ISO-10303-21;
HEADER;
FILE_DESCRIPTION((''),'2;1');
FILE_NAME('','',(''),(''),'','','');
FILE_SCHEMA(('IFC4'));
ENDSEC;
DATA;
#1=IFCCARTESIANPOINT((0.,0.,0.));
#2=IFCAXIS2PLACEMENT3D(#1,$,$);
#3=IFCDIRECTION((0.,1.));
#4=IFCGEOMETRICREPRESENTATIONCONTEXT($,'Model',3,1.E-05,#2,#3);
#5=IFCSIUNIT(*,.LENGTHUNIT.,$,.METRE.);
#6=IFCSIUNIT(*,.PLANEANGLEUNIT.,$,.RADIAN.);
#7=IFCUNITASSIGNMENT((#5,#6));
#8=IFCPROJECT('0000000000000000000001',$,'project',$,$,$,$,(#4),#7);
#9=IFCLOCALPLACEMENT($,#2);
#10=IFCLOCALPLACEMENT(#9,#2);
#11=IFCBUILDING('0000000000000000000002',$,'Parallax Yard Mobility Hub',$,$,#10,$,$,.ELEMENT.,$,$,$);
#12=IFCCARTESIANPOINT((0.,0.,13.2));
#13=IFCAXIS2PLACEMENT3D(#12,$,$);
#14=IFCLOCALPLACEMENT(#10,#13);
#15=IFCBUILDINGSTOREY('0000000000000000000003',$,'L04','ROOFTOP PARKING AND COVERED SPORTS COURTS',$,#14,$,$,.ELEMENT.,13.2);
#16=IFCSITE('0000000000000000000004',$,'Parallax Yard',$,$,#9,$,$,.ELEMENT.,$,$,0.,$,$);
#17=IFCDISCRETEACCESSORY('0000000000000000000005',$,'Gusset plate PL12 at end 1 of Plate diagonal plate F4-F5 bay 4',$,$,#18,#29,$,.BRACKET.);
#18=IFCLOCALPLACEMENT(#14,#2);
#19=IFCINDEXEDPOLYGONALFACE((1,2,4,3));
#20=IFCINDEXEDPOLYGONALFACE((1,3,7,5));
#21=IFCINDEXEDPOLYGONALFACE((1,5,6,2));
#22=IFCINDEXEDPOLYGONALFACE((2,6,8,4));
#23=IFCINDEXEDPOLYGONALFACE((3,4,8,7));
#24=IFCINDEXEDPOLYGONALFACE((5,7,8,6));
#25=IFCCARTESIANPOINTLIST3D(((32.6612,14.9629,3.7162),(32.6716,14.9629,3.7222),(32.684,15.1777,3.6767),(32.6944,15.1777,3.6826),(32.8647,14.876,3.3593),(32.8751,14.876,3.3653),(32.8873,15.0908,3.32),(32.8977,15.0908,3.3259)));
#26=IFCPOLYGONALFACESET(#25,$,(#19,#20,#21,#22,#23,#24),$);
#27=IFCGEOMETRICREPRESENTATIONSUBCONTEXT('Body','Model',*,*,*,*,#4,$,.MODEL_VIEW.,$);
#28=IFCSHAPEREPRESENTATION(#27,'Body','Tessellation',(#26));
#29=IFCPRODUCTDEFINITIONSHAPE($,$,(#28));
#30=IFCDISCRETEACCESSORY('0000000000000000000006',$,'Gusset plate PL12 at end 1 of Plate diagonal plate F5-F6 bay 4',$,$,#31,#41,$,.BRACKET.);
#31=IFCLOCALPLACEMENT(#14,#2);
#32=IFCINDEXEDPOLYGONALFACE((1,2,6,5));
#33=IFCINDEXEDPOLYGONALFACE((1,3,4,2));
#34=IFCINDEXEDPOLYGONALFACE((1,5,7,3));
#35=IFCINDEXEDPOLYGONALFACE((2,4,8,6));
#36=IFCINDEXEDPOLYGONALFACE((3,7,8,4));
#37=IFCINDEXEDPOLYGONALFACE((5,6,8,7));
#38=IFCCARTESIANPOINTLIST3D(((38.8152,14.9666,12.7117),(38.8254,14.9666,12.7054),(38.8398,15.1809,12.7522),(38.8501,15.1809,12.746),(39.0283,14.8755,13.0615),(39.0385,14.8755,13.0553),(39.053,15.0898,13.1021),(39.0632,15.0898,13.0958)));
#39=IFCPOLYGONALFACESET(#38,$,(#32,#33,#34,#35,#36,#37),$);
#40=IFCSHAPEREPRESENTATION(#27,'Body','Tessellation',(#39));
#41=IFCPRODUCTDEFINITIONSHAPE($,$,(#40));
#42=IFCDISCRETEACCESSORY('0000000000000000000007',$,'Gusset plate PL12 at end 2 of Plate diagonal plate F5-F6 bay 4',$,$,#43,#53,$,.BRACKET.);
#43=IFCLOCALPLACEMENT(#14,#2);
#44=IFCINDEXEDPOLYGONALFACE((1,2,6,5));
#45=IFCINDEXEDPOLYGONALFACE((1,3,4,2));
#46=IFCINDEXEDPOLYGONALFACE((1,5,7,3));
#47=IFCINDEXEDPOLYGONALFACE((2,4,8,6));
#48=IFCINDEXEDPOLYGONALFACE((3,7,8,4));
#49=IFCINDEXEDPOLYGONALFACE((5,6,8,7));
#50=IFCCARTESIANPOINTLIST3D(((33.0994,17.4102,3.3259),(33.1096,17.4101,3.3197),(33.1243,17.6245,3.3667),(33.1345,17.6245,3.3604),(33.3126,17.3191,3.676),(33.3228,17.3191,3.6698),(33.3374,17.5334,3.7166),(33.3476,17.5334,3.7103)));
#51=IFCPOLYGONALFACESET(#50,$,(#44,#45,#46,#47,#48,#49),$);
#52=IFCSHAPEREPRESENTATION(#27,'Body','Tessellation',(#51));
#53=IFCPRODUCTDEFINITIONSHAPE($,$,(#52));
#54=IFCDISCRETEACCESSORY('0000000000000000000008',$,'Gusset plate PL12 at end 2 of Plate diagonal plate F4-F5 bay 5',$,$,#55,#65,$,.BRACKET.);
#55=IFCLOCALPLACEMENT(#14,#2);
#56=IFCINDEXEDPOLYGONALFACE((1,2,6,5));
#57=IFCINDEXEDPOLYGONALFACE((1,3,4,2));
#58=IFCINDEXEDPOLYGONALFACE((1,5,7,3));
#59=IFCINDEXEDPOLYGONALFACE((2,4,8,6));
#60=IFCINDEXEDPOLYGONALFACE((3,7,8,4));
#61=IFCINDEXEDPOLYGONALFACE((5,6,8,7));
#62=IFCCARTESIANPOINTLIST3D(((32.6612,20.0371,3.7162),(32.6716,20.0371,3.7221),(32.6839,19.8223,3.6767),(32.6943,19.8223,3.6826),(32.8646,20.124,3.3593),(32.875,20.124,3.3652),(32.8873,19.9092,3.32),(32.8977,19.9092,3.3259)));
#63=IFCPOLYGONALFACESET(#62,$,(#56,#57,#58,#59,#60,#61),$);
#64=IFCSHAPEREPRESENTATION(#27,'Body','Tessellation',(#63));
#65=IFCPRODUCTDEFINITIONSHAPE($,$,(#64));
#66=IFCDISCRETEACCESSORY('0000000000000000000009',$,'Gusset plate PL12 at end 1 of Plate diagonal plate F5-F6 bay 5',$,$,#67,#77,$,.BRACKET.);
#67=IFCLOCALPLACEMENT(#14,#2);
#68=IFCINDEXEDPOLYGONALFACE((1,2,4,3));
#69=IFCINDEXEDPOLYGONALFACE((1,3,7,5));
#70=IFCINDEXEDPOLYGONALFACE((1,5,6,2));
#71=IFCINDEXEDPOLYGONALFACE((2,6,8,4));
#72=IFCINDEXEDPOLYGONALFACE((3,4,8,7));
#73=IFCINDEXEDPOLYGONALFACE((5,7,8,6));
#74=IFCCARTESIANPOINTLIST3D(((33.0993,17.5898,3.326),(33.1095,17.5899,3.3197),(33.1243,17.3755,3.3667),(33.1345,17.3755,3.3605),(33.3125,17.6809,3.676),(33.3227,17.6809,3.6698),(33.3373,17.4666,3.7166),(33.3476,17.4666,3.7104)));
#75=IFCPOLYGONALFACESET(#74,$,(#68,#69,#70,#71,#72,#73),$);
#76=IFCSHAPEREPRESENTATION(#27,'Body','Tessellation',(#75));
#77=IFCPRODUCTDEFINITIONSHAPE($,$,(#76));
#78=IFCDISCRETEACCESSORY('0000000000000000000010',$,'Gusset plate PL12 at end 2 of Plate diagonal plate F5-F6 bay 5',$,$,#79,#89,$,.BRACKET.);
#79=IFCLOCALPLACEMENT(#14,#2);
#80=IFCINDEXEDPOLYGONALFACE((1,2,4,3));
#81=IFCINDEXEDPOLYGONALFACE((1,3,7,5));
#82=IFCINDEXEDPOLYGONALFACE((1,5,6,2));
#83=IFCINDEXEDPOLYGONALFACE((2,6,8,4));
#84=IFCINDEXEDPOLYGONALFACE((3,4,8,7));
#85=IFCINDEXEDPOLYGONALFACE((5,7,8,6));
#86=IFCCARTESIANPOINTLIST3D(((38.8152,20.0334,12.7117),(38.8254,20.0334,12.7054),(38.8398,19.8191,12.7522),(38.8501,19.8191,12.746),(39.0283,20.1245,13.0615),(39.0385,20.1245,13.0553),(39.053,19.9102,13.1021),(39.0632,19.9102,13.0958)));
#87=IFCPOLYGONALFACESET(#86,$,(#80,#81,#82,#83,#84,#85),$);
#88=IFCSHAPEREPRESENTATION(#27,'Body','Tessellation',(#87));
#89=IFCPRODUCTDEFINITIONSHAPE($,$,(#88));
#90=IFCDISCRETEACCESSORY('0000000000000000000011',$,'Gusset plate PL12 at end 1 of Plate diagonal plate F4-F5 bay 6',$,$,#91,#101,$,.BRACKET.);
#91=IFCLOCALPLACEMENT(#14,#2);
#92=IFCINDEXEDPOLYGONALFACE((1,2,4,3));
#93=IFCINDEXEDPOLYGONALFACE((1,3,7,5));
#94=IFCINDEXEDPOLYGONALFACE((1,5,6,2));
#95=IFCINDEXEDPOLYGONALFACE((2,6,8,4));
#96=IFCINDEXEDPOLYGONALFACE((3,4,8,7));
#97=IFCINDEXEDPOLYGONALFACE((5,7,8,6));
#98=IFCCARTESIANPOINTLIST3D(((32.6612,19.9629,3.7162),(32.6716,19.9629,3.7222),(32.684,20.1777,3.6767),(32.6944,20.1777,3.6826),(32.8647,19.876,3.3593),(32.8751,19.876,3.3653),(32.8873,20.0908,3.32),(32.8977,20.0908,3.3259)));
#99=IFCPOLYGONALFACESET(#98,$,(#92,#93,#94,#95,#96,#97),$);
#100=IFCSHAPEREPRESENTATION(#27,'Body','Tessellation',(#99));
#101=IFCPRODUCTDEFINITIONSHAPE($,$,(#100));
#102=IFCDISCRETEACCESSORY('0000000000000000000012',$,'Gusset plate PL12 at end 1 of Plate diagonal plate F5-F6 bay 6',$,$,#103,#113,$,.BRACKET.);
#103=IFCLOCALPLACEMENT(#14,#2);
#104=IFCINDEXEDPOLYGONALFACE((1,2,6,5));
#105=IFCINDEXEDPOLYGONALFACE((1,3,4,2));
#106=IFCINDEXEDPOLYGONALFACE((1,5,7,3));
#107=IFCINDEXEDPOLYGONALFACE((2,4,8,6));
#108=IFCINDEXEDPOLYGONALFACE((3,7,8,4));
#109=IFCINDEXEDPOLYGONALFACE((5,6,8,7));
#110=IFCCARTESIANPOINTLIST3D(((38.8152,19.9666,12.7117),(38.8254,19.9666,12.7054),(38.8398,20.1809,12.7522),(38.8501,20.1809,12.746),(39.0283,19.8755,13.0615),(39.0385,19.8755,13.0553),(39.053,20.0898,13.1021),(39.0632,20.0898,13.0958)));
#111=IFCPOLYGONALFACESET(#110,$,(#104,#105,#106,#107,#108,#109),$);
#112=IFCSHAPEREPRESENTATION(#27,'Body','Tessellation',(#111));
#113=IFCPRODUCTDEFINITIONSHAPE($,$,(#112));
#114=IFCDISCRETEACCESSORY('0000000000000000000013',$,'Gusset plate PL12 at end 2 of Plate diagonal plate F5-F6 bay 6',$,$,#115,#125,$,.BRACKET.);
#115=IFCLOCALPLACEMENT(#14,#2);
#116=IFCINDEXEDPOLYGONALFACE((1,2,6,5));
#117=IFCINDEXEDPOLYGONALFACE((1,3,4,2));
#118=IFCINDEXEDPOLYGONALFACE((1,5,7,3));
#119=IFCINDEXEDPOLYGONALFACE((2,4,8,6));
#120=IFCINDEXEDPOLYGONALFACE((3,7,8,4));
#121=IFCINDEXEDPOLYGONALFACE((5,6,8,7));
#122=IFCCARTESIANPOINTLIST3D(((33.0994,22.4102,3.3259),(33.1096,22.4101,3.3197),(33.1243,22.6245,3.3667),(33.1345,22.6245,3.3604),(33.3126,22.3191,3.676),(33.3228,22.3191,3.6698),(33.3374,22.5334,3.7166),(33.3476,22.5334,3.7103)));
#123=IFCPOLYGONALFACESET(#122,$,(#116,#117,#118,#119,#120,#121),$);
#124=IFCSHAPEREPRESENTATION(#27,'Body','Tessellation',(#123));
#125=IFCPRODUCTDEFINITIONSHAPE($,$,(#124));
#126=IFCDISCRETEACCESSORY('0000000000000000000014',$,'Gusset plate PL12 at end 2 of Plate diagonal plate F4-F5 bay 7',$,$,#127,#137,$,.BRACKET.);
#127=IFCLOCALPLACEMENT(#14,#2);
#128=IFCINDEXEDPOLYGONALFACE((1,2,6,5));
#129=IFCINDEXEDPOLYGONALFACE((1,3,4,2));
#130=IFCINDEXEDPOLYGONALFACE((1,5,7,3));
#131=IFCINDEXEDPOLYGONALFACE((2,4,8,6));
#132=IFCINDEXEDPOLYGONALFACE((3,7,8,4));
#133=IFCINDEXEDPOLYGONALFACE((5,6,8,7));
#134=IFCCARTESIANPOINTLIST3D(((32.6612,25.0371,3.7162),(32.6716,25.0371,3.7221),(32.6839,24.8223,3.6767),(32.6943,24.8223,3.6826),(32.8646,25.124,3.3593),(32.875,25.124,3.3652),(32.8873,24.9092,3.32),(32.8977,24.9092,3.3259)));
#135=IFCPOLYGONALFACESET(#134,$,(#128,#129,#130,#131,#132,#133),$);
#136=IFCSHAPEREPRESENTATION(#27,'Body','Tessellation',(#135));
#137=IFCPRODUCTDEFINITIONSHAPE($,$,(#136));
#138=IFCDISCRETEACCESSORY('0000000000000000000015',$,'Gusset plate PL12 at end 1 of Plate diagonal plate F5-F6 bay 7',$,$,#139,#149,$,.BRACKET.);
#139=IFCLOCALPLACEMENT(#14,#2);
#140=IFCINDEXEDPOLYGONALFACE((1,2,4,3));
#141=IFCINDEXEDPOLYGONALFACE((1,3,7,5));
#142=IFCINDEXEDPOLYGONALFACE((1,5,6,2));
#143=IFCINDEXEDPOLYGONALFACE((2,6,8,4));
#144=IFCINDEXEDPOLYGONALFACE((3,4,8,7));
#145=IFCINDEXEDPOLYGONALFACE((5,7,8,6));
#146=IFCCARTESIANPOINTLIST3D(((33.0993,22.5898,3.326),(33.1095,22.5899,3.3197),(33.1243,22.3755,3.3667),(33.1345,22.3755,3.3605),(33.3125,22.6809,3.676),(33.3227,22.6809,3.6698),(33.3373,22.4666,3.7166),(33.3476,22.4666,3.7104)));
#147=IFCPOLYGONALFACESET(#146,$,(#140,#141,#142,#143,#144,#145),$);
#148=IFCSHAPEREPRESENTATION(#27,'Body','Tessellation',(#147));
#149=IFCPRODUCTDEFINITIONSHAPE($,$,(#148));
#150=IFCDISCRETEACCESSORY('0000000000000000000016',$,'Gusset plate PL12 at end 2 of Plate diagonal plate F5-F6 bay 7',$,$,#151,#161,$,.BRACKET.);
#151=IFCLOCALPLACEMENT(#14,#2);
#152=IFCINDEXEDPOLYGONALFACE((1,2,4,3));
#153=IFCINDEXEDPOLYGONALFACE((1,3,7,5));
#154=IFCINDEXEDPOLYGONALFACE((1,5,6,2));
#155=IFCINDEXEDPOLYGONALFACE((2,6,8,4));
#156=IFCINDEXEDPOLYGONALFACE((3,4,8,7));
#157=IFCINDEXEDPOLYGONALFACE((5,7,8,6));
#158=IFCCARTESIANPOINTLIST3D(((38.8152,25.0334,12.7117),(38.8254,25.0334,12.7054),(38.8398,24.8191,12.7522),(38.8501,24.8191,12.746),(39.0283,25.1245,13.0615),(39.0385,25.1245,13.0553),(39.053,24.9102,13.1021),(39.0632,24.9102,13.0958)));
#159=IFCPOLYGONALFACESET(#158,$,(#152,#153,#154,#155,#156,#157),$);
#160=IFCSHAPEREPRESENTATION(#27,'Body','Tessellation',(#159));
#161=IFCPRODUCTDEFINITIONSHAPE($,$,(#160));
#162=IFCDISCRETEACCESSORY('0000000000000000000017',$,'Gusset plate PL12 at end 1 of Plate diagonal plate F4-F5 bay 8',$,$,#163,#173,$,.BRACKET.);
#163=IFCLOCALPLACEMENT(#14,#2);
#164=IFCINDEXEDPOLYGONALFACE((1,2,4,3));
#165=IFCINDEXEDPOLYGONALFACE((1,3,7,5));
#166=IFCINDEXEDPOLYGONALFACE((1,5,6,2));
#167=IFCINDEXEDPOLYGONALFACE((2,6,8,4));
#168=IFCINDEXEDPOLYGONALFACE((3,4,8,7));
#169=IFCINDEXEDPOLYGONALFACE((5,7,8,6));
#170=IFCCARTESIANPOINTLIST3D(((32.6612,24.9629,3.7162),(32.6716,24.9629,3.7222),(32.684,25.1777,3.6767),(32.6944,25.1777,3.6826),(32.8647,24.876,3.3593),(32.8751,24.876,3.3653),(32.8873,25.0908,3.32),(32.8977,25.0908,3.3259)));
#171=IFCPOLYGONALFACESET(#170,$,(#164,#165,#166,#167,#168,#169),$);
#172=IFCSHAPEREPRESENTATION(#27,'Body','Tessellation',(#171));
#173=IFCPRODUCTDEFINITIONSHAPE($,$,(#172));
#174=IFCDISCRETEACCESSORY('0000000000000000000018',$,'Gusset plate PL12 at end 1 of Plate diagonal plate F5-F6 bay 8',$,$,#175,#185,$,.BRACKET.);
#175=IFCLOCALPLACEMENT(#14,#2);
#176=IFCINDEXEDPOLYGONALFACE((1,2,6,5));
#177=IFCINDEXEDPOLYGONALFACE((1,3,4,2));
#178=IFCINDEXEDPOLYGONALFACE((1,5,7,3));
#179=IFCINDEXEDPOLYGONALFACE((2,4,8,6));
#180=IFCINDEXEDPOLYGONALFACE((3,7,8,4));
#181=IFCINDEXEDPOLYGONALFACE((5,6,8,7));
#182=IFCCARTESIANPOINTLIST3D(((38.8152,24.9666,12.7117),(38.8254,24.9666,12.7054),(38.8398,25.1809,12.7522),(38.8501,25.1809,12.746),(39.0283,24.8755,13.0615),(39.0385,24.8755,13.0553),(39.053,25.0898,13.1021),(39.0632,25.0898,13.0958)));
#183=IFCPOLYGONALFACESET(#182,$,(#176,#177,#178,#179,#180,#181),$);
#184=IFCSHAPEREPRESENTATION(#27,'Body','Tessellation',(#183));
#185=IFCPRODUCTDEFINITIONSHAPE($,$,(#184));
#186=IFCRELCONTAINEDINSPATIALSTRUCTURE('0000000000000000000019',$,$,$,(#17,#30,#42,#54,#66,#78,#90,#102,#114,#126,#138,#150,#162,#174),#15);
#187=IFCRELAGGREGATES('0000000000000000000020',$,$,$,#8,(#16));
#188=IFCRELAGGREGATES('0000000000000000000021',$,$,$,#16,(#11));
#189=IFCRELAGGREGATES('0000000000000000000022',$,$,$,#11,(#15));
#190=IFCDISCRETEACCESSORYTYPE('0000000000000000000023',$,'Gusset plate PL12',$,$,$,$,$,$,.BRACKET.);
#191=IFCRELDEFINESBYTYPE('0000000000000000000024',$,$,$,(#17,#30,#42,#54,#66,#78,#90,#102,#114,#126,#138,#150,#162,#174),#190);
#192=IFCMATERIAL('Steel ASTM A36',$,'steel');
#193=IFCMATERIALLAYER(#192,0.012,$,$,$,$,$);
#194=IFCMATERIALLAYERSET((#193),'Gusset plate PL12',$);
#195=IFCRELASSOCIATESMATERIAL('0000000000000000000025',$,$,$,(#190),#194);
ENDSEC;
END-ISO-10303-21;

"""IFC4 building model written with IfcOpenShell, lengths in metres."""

from ifc_helpers import new_model, si_unit, direction, frame, origin, place, context, subcontext, project, spatial, polyline, outline, extrude, material, layer, layer_set, type_object, element, save


model = new_model("IFC4")

# Units and contexts
model_context = context("Model", 3, precision=1e-05, world=origin(), true_north=direction((0.0, 1.0)))
body_context = subcontext(model_context, "Body", "Model", "MODEL_VIEW")
ifc_project = project(units=[si_unit("LENGTHUNIT", "METRE"), si_unit("PLANEANGLEUNIT", "RADIAN")], contexts=[model_context])

# Site, building, storey
site_placement = place(None, origin())
site = spatial("IfcSite", under=ifc_project, at=site_placement, Name="Parallax Yard", CompositionType="ELEMENT", RefElevation=0.0)
building_placement = place(site_placement, origin())
building = spatial("IfcBuilding", under=site, at=building_placement, Name="Parallax Yard Mobility Hub", CompositionType="ELEMENT")
storey_placement = place(building_placement, frame((0.0, 0.0, 13.2)))
storey = spatial("IfcBuildingStorey", under=building, at=storey_placement, Name="L04", Description="ROOFTOP PARKING AND COVERED SPORTS COURTS", CompositionType="ELEMENT", Elevation=13.2)

# Discrete accessories
ifc_material_1 = material(Name="Steel ASTM A36", Category="steel")
ifc_layer = layer(ifc_material_1, 0.012)
ifc_layer_set = layer_set([ifc_layer], Name="Gusset plate PL12")
discrete_accessory_type = type_object("IfcDiscreteAccessoryType", Name="Gusset plate PL12", PredefinedType="BRACKET", material=ifc_layer_set)
discrete_accessory_1_placement = place(storey_placement, frame((32.6716, 14.9629, 3.7222), z_axis=(0.868697, -0.000899, 0.495343), x_axis=(0.484455, -0.206988, -0.849976)))
element("IfcDiscreteAccessory", 1, at=discrete_accessory_1_placement, inside=storey, type_object=discrete_accessory_type, Name="Gusset plate PL12 at end 1 of Plate diagonal plate F4-F5 bay 4", PredefinedType="BRACKET", context=body_context, shape_type="SweptSolid", body=[
    extrude(outline(polyline([(0.0, 0.0), (0.4199, 0.0), (0.4198, 0.2196), (0.0001, 0.2196), (0.0, 0.0)])), origin(), (0.0, 0.0, -1.0), 0.012),
])
discrete_accessory_2_placement = place(storey_placement, frame((38.8152, 14.9666, 12.7117), z_axis=(-0.854017, -0.00012, 0.520246), x_axis=(0.507872, -0.216994, 0.833654)))
element("IfcDiscreteAccessory", 2, at=discrete_accessory_2_placement, inside=storey, type_object=discrete_accessory_type, Name="Gusset plate PL12 at end 1 of Plate diagonal plate F5-F6 bay 4", PredefinedType="BRACKET", context=body_context, shape_type="SweptSolid", body=[
    extrude(outline(polyline([(0.0, 0.0), (0.4197, 0.0), (0.4195, 0.2195), (-0.0002, 0.2195), (0.0, 0.0)])), origin(), (0.0, 0.0, -1.0), 0.012),
])
discrete_accessory_3_placement = place(storey_placement, frame((33.3374, 17.5334, 3.7166), z_axis=(-0.854019, 0.000558, 0.520242), x_axis=(-0.507743, 0.216994, -0.833733)))
element("IfcDiscreteAccessory", 3, at=discrete_accessory_3_placement, inside=storey, type_object=discrete_accessory_type, Name="Gusset plate PL12 at end 2 of Plate diagonal plate F5-F6 bay 4", PredefinedType="BRACKET", context=body_context, shape_type="SweptSolid", body=[
    extrude(outline(polyline([(0.0, 0.0), (0.4197, 0.0), (0.4198, 0.2196), (-0.0001, 0.2196), (0.0, 0.0)])), origin(), (0.0, 0.0, -1.0), 0.012),
])
discrete_accessory_4_placement = place(storey_placement, frame((32.6943, 19.8223, 3.6826), z_axis=(0.868697, 0.000899, 0.495343), x_axis=(0.484444, 0.207091, -0.849958)))
element("IfcDiscreteAccessory", 4, at=discrete_accessory_4_placement, inside=storey, type_object=discrete_accessory_type, Name="Gusset plate PL12 at end 2 of Plate diagonal plate F4-F5 bay 5", PredefinedType="BRACKET", context=body_context, shape_type="SweptSolid", body=[
    extrude(outline(polyline([(0.0, 0.0), (0.4197, 0.0), (0.4198, 0.2196), (-0.0001, 0.2196), (0.0, 0.0)])), origin(), (0.0, 0.0, -1.0), 0.012),
])
discrete_accessory_5_placement = place(storey_placement, frame((33.3125, 17.6809, 3.676), z_axis=(-0.854019, -0.000558, 0.520242), x_axis=(-0.507755, -0.216889, -0.833753)))
element("IfcDiscreteAccessory", 5, at=discrete_accessory_5_placement, inside=storey, type_object=discrete_accessory_type, Name="Gusset plate PL12 at end 1 of Plate diagonal plate F5-F6 bay 5", PredefinedType="BRACKET", context=body_context, shape_type="SweptSolid", body=[
    extrude(outline(polyline([(0.0, 0.0), (0.4199, 0.0), (0.4197, 0.2196), (0.0001, 0.2196), (0.0, 0.0)])), origin(), (0.0, 0.0, -1.0), 0.012),
])
discrete_accessory_6_placement = place(storey_placement, frame((38.8398, 19.8191, 12.7522), z_axis=(-0.854017, 0.00012, 0.520246), x_axis=(0.507872, 0.216994, 0.833654)))
element("IfcDiscreteAccessory", 6, at=discrete_accessory_6_placement, inside=storey, type_object=discrete_accessory_type, Name="Gusset plate PL12 at end 2 of Plate diagonal plate F5-F6 bay 5", PredefinedType="BRACKET", context=body_context, shape_type="SweptSolid", body=[
    extrude(outline(polyline([(0.0, 0.0), (0.4197, 0.0), (0.4199, 0.2195), (0.0002, 0.2195), (0.0, 0.0)])), origin(), (0.0, 0.0, -1.0), 0.012),
])
discrete_accessory_7_placement = place(storey_placement, frame((32.6716, 19.9629, 3.7222), z_axis=(0.868697, -0.000899, 0.495343), x_axis=(0.484455, -0.206988, -0.849976)))
element("IfcDiscreteAccessory", 7, at=discrete_accessory_7_placement, inside=storey, type_object=discrete_accessory_type, Name="Gusset plate PL12 at end 1 of Plate diagonal plate F4-F5 bay 6", PredefinedType="BRACKET", context=body_context, shape_type="SweptSolid", body=[
    extrude(outline(polyline([(0.0, 0.0), (0.4199, 0.0), (0.4198, 0.2196), (0.0001, 0.2196), (0.0, 0.0)])), origin(), (0.0, 0.0, -1.0), 0.012),
])
discrete_accessory_8_placement = place(storey_placement, frame((38.8152, 19.9666, 12.7117), z_axis=(-0.854017, -0.00012, 0.520246), x_axis=(0.507872, -0.216994, 0.833654)))
element("IfcDiscreteAccessory", 8, at=discrete_accessory_8_placement, inside=storey, type_object=discrete_accessory_type, Name="Gusset plate PL12 at end 1 of Plate diagonal plate F5-F6 bay 6", PredefinedType="BRACKET", context=body_context, shape_type="SweptSolid", body=[
    extrude(outline(polyline([(0.0, 0.0), (0.4197, 0.0), (0.4195, 0.2195), (-0.0002, 0.2195), (0.0, 0.0)])), origin(), (0.0, 0.0, -1.0), 0.012),
])
discrete_accessory_9_placement = place(storey_placement, frame((33.3374, 22.5334, 3.7166), z_axis=(-0.854019, 0.000558, 0.520242), x_axis=(-0.507743, 0.216994, -0.833733)))
element("IfcDiscreteAccessory", 9, at=discrete_accessory_9_placement, inside=storey, type_object=discrete_accessory_type, Name="Gusset plate PL12 at end 2 of Plate diagonal plate F5-F6 bay 6", PredefinedType="BRACKET", context=body_context, shape_type="SweptSolid", body=[
    extrude(outline(polyline([(0.0, 0.0), (0.4197, 0.0), (0.4198, 0.2196), (-0.0001, 0.2196), (0.0, 0.0)])), origin(), (0.0, 0.0, -1.0), 0.012),
])
discrete_accessory_10_placement = place(storey_placement, frame((32.6943, 24.8223, 3.6826), z_axis=(0.868697, 0.000899, 0.495343), x_axis=(0.484444, 0.207091, -0.849958)))
element("IfcDiscreteAccessory", 10, at=discrete_accessory_10_placement, inside=storey, type_object=discrete_accessory_type, Name="Gusset plate PL12 at end 2 of Plate diagonal plate F4-F5 bay 7", PredefinedType="BRACKET", context=body_context, shape_type="SweptSolid", body=[
    extrude(outline(polyline([(0.0, 0.0), (0.4197, 0.0), (0.4198, 0.2196), (-0.0001, 0.2196), (0.0, 0.0)])), origin(), (0.0, 0.0, -1.0), 0.012),
])
discrete_accessory_11_placement = place(storey_placement, frame((33.3125, 22.6809, 3.676), z_axis=(-0.854019, -0.000558, 0.520242), x_axis=(-0.507755, -0.216889, -0.833753)))
element("IfcDiscreteAccessory", 11, at=discrete_accessory_11_placement, inside=storey, type_object=discrete_accessory_type, Name="Gusset plate PL12 at end 1 of Plate diagonal plate F5-F6 bay 7", PredefinedType="BRACKET", context=body_context, shape_type="SweptSolid", body=[
    extrude(outline(polyline([(0.0, 0.0), (0.4199, 0.0), (0.4197, 0.2196), (0.0001, 0.2196), (0.0, 0.0)])), origin(), (0.0, 0.0, -1.0), 0.012),
])
discrete_accessory_12_placement = place(storey_placement, frame((38.8398, 24.8191, 12.7522), z_axis=(-0.854017, 0.00012, 0.520246), x_axis=(0.507872, 0.216994, 0.833654)))
element("IfcDiscreteAccessory", 12, at=discrete_accessory_12_placement, inside=storey, type_object=discrete_accessory_type, Name="Gusset plate PL12 at end 2 of Plate diagonal plate F5-F6 bay 7", PredefinedType="BRACKET", context=body_context, shape_type="SweptSolid", body=[
    extrude(outline(polyline([(0.0, 0.0), (0.4197, 0.0), (0.4199, 0.2195), (0.0002, 0.2195), (0.0, 0.0)])), origin(), (0.0, 0.0, -1.0), 0.012),
])
discrete_accessory_13_placement = place(storey_placement, frame((32.6716, 24.9629, 3.7222), z_axis=(0.868697, -0.000899, 0.495343), x_axis=(0.484455, -0.206988, -0.849976)))
element("IfcDiscreteAccessory", 13, at=discrete_accessory_13_placement, inside=storey, type_object=discrete_accessory_type, Name="Gusset plate PL12 at end 1 of Plate diagonal plate F4-F5 bay 8", PredefinedType="BRACKET", context=body_context, shape_type="SweptSolid", body=[
    extrude(outline(polyline([(0.0, 0.0), (0.4199, 0.0), (0.4198, 0.2196), (0.0001, 0.2196), (0.0, 0.0)])), origin(), (0.0, 0.0, -1.0), 0.012),
])
discrete_accessory_14_placement = place(storey_placement, frame((38.8152, 24.9666, 12.7117), z_axis=(-0.854017, -0.00012, 0.520246), x_axis=(0.507872, -0.216994, 0.833654)))
element("IfcDiscreteAccessory", 14, at=discrete_accessory_14_placement, inside=storey, type_object=discrete_accessory_type, Name="Gusset plate PL12 at end 1 of Plate diagonal plate F5-F6 bay 8", PredefinedType="BRACKET", context=body_context, shape_type="SweptSolid", body=[
    extrude(outline(polyline([(0.0, 0.0), (0.4197, 0.0), (0.4195, 0.2195), (-0.0002, 0.2195), (0.0, 0.0)])), origin(), (0.0, 0.0, -1.0), 0.012),
])

save(model, "model.ifc")
